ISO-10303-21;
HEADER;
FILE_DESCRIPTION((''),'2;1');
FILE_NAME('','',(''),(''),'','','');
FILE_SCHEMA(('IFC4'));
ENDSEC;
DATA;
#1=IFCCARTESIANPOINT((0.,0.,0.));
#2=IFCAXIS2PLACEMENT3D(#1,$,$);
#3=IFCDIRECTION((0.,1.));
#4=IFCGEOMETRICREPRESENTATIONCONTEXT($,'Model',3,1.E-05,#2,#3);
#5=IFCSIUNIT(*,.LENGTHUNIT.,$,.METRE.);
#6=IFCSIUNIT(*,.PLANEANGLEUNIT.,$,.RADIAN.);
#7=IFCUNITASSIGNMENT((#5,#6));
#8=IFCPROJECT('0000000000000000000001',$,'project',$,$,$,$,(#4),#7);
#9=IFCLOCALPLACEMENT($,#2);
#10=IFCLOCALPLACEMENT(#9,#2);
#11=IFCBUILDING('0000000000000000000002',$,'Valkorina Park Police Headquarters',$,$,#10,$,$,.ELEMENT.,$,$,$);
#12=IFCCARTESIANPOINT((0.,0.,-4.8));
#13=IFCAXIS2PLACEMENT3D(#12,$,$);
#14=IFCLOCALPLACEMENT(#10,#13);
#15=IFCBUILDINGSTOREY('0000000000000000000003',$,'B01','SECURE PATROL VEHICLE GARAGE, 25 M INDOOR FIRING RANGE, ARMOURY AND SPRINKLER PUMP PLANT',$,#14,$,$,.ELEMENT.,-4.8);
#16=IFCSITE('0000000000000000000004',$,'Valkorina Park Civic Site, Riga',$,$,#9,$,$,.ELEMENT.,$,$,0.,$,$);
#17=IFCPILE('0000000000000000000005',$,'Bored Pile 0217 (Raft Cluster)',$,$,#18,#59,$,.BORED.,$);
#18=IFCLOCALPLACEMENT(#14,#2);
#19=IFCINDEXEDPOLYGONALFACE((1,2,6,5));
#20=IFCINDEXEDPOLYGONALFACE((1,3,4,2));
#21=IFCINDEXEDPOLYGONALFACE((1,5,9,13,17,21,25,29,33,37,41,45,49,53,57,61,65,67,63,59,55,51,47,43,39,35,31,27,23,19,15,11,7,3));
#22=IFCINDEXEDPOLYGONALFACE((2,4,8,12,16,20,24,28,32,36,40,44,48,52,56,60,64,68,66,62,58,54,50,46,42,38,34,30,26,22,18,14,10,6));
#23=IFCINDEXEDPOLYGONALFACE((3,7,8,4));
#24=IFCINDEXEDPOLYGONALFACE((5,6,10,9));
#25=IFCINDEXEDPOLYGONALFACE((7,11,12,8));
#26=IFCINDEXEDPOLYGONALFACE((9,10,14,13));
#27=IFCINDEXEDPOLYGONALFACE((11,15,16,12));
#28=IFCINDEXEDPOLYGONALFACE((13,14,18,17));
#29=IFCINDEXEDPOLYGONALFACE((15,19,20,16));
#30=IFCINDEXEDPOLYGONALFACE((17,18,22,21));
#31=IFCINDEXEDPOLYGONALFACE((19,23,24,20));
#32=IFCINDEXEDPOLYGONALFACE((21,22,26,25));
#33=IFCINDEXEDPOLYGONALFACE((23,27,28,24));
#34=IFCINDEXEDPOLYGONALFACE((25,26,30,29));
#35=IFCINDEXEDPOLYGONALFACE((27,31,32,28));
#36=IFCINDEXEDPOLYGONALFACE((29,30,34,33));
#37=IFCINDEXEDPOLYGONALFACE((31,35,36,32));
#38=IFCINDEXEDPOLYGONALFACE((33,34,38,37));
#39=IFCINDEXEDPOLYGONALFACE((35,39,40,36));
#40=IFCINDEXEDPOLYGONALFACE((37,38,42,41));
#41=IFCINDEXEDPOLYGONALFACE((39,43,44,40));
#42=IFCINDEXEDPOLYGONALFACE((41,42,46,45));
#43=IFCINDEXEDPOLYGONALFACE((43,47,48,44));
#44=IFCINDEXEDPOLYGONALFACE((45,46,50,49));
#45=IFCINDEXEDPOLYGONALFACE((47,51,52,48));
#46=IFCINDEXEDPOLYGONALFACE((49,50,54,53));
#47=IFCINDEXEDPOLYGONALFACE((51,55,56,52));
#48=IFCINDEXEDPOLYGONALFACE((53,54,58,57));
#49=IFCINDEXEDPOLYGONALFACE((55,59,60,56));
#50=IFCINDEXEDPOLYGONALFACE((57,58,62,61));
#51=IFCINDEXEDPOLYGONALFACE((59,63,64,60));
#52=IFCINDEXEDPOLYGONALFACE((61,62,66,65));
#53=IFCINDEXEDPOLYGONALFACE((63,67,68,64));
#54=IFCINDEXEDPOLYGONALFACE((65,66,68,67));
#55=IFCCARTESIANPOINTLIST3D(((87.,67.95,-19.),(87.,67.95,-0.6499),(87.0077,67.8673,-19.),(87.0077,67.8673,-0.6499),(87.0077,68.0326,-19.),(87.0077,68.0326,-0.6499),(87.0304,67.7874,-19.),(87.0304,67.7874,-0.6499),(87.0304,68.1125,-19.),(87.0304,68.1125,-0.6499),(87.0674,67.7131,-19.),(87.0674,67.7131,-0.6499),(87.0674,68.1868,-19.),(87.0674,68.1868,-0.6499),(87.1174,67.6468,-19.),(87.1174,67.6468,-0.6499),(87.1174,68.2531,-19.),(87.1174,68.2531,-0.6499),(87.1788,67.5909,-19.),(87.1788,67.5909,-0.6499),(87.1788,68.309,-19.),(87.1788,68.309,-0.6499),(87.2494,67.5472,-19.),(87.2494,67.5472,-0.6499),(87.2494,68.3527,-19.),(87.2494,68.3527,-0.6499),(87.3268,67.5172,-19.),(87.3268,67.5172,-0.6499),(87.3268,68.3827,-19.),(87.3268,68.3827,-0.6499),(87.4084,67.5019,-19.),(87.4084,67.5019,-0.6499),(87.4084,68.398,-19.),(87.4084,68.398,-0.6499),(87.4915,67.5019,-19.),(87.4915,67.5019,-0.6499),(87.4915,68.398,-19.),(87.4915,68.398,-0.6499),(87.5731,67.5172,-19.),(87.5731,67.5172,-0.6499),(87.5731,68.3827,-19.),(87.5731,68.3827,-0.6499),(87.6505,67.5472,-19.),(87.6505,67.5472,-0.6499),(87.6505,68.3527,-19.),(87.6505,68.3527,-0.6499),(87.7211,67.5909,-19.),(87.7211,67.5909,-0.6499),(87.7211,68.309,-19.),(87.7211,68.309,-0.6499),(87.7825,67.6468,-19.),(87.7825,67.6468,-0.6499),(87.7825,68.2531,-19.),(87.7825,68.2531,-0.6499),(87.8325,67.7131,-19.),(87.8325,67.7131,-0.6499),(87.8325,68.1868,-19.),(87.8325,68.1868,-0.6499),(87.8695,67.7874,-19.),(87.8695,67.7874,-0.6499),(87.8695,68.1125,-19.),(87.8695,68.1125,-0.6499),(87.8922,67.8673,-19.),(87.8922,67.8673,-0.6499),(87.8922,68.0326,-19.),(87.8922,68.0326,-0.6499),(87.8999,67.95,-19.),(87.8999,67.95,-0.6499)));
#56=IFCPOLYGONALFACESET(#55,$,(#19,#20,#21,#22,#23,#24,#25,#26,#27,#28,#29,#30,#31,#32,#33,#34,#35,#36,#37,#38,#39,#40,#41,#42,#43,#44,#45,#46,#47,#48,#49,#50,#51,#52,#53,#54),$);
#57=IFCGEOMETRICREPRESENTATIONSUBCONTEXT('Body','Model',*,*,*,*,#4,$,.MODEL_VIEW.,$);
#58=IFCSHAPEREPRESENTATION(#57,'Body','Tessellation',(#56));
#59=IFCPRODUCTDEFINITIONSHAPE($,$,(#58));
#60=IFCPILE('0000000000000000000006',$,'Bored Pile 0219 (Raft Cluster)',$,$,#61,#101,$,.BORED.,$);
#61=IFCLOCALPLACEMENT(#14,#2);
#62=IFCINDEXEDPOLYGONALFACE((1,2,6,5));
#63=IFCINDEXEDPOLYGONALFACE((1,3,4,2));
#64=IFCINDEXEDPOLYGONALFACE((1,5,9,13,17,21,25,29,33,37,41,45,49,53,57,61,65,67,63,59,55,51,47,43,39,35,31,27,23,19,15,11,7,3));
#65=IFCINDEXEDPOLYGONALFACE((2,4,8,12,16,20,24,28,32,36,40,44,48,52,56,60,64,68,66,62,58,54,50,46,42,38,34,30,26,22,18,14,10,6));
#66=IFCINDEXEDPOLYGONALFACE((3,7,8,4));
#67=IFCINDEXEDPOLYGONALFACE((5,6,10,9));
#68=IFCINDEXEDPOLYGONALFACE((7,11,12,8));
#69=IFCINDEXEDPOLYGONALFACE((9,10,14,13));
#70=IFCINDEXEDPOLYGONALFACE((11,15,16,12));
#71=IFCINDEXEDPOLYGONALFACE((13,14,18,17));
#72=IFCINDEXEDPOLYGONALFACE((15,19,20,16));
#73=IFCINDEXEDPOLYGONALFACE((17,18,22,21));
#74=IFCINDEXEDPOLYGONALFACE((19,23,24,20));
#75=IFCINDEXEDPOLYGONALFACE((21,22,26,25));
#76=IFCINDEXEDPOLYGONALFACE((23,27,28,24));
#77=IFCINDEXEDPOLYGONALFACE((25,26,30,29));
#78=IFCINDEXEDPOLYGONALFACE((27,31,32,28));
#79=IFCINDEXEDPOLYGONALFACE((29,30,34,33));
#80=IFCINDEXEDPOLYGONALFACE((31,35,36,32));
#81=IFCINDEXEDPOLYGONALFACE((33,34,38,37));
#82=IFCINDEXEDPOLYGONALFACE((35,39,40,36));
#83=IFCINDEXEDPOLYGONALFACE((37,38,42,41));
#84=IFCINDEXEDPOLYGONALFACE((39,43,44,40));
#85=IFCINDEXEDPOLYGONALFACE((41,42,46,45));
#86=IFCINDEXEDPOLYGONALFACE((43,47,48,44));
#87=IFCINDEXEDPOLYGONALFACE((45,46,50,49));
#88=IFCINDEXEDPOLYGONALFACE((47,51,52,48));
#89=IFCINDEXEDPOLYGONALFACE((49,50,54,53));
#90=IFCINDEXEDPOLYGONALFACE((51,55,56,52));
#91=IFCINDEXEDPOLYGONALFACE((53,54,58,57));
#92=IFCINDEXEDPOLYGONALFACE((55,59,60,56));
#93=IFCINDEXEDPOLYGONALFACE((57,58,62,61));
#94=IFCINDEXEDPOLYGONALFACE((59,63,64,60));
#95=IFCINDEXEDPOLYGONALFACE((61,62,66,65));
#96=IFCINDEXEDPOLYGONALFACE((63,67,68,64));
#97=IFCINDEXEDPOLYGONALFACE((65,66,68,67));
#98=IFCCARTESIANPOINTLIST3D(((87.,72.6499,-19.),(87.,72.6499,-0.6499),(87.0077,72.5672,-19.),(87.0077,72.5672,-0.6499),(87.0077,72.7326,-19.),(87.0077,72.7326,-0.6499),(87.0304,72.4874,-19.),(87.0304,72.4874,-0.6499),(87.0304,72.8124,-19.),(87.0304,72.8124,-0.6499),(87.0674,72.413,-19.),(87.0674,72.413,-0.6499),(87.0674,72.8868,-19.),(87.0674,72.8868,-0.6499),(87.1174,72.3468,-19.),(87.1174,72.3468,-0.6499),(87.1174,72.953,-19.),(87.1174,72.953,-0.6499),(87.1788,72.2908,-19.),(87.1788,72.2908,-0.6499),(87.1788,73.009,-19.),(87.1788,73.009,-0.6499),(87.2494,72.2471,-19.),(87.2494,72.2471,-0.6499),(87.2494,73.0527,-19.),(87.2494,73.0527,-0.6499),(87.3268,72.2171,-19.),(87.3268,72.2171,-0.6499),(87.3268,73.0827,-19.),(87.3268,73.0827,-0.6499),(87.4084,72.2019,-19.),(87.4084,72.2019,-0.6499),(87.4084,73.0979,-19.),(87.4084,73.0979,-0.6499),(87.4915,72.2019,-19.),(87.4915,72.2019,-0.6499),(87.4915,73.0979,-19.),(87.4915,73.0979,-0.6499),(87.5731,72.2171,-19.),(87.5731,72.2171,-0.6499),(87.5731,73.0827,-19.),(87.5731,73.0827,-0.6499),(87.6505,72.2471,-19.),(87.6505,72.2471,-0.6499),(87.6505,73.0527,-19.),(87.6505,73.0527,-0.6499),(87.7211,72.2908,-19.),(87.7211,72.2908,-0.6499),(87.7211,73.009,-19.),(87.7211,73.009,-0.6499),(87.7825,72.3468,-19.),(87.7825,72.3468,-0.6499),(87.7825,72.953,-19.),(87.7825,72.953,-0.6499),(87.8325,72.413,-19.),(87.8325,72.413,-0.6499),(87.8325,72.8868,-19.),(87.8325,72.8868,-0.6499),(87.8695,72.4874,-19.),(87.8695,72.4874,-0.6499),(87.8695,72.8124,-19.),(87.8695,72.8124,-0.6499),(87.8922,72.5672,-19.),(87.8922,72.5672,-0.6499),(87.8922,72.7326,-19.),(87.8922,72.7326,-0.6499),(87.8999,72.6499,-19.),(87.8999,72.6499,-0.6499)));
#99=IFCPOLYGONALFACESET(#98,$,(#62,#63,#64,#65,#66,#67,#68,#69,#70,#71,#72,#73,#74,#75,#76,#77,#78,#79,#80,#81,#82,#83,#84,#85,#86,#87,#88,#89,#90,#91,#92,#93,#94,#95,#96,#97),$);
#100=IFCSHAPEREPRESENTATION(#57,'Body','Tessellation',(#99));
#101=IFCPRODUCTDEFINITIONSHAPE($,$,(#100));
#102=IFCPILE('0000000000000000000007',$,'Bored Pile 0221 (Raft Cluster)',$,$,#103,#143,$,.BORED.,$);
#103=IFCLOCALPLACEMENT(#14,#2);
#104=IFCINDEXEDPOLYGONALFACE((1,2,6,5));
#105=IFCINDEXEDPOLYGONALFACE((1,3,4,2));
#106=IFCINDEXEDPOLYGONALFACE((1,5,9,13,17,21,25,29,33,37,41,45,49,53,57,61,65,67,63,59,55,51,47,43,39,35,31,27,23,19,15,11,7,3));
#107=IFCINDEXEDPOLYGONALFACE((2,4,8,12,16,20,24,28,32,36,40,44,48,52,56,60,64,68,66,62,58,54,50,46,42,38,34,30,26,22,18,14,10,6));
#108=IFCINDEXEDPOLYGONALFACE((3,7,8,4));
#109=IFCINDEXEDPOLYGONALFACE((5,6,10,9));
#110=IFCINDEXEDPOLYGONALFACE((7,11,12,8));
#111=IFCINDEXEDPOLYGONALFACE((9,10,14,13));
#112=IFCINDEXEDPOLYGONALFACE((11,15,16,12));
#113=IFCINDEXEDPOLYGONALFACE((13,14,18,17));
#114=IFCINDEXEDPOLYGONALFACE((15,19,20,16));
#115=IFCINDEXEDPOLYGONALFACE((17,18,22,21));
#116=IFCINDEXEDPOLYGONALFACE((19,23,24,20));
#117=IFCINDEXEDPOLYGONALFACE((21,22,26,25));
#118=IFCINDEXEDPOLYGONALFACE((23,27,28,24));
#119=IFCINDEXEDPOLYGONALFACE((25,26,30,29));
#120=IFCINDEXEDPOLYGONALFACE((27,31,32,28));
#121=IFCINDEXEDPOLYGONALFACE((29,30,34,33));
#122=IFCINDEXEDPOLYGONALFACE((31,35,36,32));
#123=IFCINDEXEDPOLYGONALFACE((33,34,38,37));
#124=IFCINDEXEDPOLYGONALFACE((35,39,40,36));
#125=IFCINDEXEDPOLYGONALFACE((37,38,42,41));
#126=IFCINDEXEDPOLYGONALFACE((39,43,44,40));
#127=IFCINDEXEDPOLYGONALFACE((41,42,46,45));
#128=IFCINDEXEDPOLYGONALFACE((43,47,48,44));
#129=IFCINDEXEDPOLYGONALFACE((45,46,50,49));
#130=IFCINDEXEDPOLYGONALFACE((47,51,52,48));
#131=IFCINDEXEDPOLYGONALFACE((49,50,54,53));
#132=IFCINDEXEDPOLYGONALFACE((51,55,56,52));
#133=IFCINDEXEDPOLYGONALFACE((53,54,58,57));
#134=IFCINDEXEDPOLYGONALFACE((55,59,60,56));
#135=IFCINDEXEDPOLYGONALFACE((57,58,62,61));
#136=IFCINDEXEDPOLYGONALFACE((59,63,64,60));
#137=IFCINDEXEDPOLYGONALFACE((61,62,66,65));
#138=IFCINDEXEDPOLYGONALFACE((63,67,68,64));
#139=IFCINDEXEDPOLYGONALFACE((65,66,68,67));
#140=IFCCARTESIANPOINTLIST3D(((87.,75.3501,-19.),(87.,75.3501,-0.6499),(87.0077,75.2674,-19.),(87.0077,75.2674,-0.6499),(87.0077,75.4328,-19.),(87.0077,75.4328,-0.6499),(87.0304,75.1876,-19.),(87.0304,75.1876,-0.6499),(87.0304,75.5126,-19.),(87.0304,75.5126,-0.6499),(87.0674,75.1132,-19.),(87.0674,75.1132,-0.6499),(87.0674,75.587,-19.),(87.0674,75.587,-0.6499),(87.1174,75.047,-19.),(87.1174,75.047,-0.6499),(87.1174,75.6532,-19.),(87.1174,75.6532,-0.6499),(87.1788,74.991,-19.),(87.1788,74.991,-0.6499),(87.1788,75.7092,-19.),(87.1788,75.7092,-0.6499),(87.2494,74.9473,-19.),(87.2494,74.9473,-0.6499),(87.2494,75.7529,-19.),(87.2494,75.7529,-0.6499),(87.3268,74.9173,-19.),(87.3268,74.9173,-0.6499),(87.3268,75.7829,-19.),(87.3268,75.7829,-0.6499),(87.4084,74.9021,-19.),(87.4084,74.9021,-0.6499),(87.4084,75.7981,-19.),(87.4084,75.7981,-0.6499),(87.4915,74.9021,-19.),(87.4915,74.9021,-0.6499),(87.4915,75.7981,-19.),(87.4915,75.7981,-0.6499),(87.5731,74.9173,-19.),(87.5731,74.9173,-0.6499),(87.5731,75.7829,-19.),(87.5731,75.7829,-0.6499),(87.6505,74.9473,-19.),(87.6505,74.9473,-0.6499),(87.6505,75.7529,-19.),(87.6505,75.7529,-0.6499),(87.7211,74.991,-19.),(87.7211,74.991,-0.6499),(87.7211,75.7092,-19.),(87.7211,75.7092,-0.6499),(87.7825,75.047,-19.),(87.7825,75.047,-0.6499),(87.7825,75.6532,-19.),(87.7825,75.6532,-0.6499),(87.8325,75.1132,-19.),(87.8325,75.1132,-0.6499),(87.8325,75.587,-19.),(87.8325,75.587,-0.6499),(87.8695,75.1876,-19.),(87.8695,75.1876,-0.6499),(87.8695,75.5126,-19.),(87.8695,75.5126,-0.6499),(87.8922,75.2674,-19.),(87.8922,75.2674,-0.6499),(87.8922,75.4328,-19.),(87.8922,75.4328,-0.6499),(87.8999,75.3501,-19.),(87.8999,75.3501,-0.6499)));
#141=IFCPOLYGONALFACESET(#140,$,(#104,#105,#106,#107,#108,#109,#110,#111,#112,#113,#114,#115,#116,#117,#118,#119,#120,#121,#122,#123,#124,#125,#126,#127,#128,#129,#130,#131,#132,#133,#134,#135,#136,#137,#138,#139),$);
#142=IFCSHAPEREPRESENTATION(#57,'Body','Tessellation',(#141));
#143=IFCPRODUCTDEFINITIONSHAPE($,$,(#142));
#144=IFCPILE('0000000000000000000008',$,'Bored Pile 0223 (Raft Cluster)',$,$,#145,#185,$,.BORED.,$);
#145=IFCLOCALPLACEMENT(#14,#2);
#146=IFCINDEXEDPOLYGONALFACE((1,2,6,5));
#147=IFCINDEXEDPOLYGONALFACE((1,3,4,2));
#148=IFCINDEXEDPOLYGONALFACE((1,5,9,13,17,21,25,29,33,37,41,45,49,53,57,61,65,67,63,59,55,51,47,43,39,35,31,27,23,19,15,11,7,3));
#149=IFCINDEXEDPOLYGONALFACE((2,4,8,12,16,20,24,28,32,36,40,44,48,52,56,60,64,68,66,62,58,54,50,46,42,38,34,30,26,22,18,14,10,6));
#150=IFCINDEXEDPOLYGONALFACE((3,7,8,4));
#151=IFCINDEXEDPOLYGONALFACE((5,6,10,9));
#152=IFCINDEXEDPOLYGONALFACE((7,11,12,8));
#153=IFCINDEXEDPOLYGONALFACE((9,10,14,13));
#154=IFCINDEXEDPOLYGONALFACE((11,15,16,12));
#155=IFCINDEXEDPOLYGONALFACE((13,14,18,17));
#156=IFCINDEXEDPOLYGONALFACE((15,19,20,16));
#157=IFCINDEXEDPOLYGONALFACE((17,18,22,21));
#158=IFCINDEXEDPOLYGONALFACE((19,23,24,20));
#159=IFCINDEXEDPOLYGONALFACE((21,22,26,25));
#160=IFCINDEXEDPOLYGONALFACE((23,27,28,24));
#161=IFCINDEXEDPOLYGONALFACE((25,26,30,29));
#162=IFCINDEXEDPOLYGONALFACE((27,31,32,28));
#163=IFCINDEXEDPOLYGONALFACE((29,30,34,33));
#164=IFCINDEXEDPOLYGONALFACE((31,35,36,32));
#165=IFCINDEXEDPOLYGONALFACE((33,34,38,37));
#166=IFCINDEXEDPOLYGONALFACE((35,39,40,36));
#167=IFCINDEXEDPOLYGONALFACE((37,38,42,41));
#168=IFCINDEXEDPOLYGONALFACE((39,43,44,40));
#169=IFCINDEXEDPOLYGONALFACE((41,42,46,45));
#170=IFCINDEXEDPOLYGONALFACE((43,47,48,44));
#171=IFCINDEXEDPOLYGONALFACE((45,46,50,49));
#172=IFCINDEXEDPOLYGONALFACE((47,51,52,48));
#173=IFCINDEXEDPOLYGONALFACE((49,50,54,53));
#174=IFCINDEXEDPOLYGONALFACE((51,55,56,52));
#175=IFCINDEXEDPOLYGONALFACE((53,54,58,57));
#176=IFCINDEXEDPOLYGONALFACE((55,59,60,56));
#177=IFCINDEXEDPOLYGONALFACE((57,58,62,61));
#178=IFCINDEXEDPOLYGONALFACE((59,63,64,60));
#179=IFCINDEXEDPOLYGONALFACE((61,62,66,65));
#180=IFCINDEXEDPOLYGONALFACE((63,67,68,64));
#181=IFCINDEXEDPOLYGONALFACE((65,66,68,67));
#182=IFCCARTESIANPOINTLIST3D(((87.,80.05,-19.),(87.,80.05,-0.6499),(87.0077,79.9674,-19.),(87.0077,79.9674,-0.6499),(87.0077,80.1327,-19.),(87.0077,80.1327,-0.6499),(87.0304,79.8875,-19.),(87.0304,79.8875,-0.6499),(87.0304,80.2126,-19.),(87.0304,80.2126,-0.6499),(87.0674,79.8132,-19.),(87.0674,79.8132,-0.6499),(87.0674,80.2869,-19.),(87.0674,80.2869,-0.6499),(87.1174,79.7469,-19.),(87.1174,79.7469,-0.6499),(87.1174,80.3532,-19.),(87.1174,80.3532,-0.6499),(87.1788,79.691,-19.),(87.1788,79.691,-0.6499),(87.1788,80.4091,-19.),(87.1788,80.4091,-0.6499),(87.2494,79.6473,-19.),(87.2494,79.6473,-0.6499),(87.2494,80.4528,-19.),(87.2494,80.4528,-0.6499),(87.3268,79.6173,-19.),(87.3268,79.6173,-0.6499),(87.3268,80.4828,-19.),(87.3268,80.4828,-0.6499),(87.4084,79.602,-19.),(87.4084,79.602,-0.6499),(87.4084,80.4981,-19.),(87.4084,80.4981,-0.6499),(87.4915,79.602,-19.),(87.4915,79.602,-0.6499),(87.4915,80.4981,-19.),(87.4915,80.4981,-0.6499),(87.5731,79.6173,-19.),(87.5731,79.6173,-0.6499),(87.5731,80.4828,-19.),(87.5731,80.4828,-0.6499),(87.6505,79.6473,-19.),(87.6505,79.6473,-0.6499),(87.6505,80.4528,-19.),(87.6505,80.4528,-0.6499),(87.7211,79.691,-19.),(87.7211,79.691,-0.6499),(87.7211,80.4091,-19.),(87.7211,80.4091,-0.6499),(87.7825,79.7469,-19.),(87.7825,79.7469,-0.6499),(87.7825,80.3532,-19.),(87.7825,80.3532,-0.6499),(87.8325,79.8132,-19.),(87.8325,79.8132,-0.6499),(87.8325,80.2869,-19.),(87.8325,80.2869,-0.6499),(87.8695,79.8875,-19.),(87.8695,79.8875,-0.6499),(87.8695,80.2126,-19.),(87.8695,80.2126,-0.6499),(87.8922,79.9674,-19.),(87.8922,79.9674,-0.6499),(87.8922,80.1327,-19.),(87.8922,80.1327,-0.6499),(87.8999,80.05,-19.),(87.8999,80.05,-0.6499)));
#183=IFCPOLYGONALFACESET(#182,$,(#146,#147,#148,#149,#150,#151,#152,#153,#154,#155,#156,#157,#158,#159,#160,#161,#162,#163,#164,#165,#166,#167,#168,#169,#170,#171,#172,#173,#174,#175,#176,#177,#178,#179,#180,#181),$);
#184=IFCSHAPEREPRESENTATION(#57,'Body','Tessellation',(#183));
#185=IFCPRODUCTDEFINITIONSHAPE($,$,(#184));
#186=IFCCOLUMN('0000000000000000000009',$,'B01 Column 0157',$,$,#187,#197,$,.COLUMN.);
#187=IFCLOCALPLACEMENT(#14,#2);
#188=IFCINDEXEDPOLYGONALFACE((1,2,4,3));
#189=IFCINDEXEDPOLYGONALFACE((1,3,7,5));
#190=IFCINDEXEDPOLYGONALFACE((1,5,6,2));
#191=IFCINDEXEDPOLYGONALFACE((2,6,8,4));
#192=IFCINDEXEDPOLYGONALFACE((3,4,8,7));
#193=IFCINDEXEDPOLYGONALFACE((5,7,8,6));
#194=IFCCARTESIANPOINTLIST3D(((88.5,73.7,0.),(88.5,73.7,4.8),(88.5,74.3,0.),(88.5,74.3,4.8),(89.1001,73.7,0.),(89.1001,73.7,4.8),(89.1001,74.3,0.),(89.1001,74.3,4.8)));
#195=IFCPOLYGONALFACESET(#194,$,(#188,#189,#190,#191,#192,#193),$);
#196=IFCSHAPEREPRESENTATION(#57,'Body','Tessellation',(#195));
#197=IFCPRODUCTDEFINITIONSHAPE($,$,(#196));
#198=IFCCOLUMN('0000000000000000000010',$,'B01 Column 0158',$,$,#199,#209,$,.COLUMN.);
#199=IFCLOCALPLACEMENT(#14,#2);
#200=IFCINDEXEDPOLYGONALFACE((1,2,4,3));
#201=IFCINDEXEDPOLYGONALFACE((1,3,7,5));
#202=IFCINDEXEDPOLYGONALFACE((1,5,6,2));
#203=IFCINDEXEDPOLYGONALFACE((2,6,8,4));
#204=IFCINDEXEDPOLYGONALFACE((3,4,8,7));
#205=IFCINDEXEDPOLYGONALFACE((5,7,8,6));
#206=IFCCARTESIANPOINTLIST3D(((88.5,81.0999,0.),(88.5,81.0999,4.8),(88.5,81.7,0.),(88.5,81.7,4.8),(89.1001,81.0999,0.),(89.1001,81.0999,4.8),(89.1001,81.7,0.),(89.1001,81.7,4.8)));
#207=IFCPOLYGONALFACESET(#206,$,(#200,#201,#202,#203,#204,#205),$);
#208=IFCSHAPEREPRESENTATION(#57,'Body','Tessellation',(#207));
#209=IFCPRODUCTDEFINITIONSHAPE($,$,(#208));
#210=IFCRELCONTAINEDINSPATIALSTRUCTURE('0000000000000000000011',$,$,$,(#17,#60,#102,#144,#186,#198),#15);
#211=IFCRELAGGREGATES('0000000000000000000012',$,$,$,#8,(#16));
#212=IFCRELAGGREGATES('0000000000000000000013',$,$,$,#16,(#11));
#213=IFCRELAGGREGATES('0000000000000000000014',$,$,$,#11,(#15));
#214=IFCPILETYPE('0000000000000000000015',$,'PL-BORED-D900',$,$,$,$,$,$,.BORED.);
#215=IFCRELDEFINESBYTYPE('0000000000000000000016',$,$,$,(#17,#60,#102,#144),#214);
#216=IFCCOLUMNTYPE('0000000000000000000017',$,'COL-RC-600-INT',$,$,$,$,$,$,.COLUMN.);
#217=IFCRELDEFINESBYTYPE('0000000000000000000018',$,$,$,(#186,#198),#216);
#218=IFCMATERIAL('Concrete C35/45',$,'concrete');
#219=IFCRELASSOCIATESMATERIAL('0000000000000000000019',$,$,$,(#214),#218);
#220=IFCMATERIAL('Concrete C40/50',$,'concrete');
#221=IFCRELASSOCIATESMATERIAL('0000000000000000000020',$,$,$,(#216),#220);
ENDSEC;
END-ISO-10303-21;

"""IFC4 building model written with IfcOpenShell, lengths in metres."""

from ifc_helpers import new_model, si_unit, direction, frame, origin, origin_2d, place, context, subcontext, project, spatial, rectangle, circle, extrude, material, material_profile, profile_set, type_object, element, save


model = new_model("IFC4")

# Units and contexts
model_context = context("Model", 3, precision=1e-05, world=origin(), true_north=direction((0.0, 1.0)))
body_context = subcontext(model_context, "Body", "Model", "MODEL_VIEW")
ifc_project = project(units=[si_unit("LENGTHUNIT", "METRE"), si_unit("PLANEANGLEUNIT", "RADIAN")], contexts=[model_context])

# Site, building, storey
site_placement = place(None, origin())
site = spatial("IfcSite", under=ifc_project, at=site_placement, Name="Valkorina Park Civic Site, Riga", CompositionType="ELEMENT", RefElevation=0.0)
building_placement = place(site_placement, origin())
building = spatial("IfcBuilding", under=site, at=building_placement, Name="Valkorina Park Police Headquarters", CompositionType="ELEMENT")
storey_placement = place(building_placement, frame((0.0, 0.0, -4.8)))
storey = spatial("IfcBuildingStorey", under=building, at=storey_placement, Name="B01", Description="SECURE PATROL VEHICLE GARAGE, 25 M INDOOR FIRING RANGE, ARMOURY AND SPRINKLER PUMP PLANT", CompositionType="ELEMENT", Elevation=-4.8)

# Piles
ifc_material_1 = material(Name="Concrete C35/45", Category="concrete")
ifc_material_profile_1 = material_profile(ifc_material_1, circle(Radius=0.45, at=origin_2d()), Name="BORED PILE D900")
ifc_profile_set_1 = profile_set([ifc_material_profile_1], Name="Concrete C35/45")
pile_type = type_object("IfcPileType", Name="PL-BORED-D900", PredefinedType="BORED", material=ifc_profile_set_1)
for number, where, z_axis, x_axis, name in (
    (1, (87.45, 67.95, -0.6499), (0.0, 0.0, -1.0), (1.0, 0.0, 0.0), "Bored Pile 0217 (Raft Cluster)"),
    (2, (87.45, 72.6499, -0.6499), (0.0, 0.0, -1.0), (1.0, 0.0, 0.0), "Bored Pile 0219 (Raft Cluster)"),
    (3, (87.45, 75.3501, -0.6499), (0.0, 0.0, -1.0), (1.0, 0.0, 0.0), "Bored Pile 0221 (Raft Cluster)"),
    (4, (87.45, 80.05, -0.6499), (0.0, 0.0, -1.0), (1.0, 0.0, 0.0), "Bored Pile 0223 (Raft Cluster)"),
):
    element("IfcPile", number, at=place(storey_placement, frame(where, z_axis=z_axis, x_axis=x_axis)), inside=storey, type_object=pile_type, Name=name, PredefinedType="BORED", context=body_context, shape_type="SweptSolid", body=[
        extrude(circle(Radius=0.45, at=origin_2d()), origin(), (0.0, 0.0, 1.0), 18.3501),
    ])

# Columns
ifc_material_2 = material(Name="Concrete C40/50", Category="concrete")
ifc_material_profile_2 = material_profile(ifc_material_2, rectangle(XDim=0.6001, YDim=0.6001, at=origin_2d()), Name="RC COL 600x600")
ifc_profile_set_2 = profile_set([ifc_material_profile_2], Name="Concrete C40/50")
column_type = type_object("IfcColumnType", Name="COL-RC-600-INT", PredefinedType="COLUMN", material=ifc_profile_set_2)
for number, where, z_axis, x_axis, name in (
    (5, (88.8, 74.0, 0.0), (0.0, 0.0, 1.0), (1.0, 0.0, 0.0), "B01 Column 0157"),
    (6, (88.8, 81.3999, 0.0), (0.0, 0.0, 1.0), (1.0, 0.0, 0.0), "B01 Column 0158"),
):
    element("IfcColumn", number, at=place(storey_placement, frame(where, z_axis=z_axis, x_axis=x_axis)), inside=storey, type_object=column_type, Name=name, PredefinedType="COLUMN", context=body_context, shape_type="SweptSolid", body=[
        extrude(rectangle(XDim=0.6001, YDim=0.6001, at=origin_2d()), origin(), (0.0, 0.0, 1.0), 4.8),
    ])

save(model, "model.ifc")
